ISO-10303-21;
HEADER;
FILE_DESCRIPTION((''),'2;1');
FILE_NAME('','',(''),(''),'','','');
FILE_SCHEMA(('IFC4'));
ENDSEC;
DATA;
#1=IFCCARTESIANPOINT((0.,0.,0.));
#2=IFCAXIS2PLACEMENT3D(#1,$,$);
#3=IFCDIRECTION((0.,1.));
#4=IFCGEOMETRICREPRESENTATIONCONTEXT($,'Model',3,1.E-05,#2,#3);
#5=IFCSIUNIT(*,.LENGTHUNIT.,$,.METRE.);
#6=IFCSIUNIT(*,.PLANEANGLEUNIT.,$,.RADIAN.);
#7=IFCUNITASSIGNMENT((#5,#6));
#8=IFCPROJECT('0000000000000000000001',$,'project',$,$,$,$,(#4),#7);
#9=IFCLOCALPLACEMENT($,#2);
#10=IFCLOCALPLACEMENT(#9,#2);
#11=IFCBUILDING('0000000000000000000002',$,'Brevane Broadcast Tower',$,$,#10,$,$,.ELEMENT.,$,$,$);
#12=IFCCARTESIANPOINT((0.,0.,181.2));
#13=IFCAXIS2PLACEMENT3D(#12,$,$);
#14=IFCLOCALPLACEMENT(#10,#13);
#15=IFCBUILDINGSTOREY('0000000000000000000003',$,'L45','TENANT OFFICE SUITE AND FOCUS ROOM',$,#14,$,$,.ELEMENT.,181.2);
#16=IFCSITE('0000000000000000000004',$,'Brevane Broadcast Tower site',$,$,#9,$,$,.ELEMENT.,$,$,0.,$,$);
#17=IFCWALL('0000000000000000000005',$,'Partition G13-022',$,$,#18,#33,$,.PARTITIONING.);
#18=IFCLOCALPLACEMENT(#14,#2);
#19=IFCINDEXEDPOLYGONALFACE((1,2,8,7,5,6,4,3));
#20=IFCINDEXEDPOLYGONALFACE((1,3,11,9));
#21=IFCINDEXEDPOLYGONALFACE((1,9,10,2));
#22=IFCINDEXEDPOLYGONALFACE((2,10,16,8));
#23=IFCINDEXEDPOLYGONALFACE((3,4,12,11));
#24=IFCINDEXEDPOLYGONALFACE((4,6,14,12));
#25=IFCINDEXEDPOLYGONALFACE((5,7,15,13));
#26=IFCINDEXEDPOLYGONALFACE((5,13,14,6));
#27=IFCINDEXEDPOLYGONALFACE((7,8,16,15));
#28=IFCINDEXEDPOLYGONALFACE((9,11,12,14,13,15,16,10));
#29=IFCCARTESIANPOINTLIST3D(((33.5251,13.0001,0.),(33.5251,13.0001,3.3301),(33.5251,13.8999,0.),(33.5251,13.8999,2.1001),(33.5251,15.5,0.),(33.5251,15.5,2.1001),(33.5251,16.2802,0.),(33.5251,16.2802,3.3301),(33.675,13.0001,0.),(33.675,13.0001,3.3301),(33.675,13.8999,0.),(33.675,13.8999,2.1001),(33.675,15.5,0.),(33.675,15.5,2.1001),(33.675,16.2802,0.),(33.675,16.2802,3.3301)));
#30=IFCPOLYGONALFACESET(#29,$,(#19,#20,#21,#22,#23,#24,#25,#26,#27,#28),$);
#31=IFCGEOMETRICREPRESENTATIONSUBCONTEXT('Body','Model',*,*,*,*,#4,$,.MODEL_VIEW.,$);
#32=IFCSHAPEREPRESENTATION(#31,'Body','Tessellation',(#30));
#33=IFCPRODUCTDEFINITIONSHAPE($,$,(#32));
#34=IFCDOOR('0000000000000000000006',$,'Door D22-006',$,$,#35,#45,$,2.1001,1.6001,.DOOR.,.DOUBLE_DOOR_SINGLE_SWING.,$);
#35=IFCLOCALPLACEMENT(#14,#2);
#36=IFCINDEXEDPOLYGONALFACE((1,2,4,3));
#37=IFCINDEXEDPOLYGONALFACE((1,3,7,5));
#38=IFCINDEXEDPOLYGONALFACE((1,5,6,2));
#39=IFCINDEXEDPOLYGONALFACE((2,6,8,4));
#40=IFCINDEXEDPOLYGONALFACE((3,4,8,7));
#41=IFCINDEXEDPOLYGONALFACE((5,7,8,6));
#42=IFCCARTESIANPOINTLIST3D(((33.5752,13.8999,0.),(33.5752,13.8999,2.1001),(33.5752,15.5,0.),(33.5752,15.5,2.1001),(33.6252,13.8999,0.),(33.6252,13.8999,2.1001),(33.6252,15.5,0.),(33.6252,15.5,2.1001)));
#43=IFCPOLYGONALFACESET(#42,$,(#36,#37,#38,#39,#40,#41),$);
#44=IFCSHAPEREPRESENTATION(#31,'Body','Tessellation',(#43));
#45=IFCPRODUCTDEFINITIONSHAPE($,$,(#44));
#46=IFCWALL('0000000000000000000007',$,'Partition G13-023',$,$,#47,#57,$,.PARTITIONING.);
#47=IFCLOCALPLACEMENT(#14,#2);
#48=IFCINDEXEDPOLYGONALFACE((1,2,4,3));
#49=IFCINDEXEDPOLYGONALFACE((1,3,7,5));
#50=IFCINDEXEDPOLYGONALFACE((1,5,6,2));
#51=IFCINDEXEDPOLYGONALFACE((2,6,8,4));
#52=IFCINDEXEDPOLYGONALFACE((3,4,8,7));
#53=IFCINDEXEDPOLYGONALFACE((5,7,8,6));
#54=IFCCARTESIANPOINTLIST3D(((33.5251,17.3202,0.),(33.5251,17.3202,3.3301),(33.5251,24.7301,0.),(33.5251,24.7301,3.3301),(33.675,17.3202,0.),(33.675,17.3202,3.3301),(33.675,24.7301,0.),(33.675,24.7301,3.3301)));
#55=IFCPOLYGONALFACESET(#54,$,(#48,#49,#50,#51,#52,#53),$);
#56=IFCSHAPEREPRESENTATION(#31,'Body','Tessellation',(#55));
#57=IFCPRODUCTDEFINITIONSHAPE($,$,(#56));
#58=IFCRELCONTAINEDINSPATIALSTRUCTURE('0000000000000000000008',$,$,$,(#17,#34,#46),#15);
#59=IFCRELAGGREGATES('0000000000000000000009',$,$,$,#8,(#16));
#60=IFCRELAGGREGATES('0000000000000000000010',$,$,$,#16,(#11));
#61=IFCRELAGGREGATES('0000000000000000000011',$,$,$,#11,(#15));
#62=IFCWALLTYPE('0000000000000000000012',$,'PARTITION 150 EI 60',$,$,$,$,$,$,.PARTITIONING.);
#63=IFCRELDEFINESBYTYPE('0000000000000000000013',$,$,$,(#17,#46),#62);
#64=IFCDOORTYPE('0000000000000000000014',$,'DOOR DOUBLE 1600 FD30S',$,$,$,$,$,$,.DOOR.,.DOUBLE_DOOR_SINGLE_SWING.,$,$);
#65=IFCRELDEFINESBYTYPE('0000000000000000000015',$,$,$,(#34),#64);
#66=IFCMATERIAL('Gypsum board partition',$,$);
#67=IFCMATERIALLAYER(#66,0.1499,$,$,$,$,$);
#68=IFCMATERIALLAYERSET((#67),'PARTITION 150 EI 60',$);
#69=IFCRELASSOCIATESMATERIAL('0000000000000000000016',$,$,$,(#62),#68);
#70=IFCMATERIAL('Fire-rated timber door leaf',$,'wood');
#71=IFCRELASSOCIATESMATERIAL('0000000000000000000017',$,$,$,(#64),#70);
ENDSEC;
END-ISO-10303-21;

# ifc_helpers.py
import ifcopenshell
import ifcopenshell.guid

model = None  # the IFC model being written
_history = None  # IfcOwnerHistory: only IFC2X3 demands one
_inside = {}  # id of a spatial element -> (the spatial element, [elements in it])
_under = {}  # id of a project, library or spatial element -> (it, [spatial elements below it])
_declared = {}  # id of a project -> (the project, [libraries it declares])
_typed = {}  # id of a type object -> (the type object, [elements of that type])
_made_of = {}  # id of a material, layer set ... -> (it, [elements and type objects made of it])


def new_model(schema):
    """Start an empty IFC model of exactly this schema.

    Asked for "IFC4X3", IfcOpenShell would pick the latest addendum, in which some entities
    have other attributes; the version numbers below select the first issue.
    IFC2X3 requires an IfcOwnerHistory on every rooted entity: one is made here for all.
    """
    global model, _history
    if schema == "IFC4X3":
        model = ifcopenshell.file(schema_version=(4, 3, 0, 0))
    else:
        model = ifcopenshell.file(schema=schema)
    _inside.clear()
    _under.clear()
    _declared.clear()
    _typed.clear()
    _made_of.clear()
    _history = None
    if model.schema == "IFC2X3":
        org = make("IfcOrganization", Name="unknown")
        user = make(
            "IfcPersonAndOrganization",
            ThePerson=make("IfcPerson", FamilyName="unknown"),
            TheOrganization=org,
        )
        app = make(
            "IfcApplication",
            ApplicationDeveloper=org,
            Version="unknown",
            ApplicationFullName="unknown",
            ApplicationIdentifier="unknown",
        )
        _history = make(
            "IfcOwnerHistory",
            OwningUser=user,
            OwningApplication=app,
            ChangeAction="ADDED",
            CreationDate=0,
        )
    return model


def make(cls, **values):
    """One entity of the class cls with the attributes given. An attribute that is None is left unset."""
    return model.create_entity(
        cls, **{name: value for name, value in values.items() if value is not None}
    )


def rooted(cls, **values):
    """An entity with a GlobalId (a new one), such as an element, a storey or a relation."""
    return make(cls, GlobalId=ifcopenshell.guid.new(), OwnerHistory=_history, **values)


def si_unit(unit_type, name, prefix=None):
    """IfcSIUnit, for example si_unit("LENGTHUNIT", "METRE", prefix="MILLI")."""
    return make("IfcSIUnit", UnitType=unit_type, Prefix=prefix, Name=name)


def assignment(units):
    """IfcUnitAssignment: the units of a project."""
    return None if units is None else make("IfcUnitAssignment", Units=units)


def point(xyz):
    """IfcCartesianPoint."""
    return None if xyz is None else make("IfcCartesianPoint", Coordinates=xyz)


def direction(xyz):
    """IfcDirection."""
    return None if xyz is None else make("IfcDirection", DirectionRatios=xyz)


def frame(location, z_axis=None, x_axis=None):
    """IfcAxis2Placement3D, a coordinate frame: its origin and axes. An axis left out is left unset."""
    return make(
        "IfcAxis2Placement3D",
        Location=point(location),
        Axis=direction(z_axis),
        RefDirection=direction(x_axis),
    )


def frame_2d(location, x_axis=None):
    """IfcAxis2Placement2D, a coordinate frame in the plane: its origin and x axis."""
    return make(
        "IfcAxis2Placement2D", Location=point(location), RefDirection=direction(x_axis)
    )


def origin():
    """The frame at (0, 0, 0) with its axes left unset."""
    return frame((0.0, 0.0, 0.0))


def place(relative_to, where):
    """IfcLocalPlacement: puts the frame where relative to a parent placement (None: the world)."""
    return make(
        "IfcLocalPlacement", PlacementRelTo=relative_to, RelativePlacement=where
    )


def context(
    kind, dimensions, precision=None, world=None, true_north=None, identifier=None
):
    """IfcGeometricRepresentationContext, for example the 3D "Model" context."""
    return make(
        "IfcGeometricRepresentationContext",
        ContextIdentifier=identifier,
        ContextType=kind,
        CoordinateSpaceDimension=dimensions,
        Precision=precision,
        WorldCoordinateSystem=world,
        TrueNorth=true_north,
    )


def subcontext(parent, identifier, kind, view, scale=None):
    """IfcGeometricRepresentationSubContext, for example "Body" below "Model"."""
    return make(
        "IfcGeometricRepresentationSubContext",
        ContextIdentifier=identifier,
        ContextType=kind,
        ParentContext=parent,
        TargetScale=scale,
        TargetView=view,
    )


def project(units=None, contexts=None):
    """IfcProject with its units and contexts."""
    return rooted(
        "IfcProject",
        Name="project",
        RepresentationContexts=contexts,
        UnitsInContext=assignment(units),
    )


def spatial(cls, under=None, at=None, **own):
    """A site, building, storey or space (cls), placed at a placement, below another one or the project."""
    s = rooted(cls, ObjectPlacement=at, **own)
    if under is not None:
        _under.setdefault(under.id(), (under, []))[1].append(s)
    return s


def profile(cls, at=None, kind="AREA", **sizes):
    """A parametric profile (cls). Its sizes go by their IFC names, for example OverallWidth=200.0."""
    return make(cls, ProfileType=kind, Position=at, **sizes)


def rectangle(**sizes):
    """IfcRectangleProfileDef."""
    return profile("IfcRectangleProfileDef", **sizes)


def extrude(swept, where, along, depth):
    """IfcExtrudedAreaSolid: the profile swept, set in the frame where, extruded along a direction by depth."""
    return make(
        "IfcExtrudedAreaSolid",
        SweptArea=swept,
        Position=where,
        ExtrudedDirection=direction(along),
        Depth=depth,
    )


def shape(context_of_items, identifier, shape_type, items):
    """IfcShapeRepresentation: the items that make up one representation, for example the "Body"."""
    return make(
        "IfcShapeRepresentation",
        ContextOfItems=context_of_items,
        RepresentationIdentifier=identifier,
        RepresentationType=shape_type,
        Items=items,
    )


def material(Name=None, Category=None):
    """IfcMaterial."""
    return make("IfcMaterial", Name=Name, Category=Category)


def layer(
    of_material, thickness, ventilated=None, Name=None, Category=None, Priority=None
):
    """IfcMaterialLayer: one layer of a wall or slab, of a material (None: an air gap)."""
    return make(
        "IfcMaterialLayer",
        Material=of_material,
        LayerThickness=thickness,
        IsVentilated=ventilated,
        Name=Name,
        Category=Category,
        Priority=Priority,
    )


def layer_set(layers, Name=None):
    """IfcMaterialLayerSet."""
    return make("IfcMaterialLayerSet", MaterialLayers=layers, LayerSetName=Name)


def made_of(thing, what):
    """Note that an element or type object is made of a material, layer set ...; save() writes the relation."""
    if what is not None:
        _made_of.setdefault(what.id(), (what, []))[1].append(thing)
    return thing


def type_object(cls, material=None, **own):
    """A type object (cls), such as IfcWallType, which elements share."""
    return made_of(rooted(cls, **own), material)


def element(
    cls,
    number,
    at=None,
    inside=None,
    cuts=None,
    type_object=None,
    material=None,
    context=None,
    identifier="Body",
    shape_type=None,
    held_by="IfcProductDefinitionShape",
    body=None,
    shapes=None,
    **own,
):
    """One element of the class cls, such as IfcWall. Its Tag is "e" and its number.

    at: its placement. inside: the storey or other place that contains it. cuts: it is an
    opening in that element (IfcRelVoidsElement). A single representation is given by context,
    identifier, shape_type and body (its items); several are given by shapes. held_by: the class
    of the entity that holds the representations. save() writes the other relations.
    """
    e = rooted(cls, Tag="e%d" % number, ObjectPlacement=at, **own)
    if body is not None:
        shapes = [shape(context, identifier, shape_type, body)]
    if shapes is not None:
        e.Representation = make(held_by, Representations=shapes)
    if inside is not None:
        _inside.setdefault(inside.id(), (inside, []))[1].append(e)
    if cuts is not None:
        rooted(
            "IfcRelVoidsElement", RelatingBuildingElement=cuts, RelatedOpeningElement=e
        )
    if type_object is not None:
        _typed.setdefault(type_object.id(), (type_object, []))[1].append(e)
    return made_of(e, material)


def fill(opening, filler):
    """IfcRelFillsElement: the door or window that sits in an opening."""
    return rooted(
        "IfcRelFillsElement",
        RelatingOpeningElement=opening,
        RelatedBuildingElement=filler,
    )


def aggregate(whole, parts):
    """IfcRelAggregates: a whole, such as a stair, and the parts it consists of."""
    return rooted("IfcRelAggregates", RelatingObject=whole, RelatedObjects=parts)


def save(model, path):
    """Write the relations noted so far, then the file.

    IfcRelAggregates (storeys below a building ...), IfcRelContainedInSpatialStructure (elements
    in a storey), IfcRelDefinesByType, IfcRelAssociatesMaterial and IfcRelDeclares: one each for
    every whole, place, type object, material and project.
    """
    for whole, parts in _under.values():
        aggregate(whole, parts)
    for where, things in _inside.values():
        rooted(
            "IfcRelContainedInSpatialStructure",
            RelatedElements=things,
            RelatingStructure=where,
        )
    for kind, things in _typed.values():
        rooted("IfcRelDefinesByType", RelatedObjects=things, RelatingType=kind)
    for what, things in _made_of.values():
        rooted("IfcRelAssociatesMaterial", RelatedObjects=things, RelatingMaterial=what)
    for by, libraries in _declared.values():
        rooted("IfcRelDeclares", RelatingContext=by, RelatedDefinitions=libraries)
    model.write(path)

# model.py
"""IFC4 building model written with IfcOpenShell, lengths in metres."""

from ifc_helpers import new_model, si_unit, direction, frame, frame_2d, origin, place, context, subcontext, project, spatial, rectangle, extrude, material, layer, layer_set, type_object, element, fill, save


model = new_model("IFC4")

# Units and contexts
model_context = context("Model", 3, precision=1e-05, world=origin(), true_north=direction((0.0, 1.0)))
body_context = subcontext(model_context, "Body", "Model", "MODEL_VIEW")
ifc_project = project(units=[si_unit("LENGTHUNIT", "METRE"), si_unit("PLANEANGLEUNIT", "RADIAN")], contexts=[model_context])

# Site, building, storey
site_placement = place(None, origin())
site = spatial("IfcSite", under=ifc_project, at=site_placement, Name="Brevane Broadcast Tower site", CompositionType="ELEMENT", RefElevation=0.0)
building_placement = place(site_placement, origin())
building = spatial("IfcBuilding", under=site, at=building_placement, Name="Brevane Broadcast Tower", CompositionType="ELEMENT")
storey_placement = place(building_placement, frame((0.0, 0.0, 181.2)))
storey = spatial("IfcBuildingStorey", under=building, at=storey_placement, Name="L45", Description="TENANT OFFICE SUITE AND FOCUS ROOM", CompositionType="ELEMENT", Elevation=181.2)

# Shared definitions
ifc_material_1 = material(Name="Gypsum board partition")
ifc_layer_1 = layer(ifc_material_1, 0.1499)
ifc_layer_set_1 = layer_set([ifc_layer_1], Name="PARTITION 150 EI 60")
wall_type_1 = type_object("IfcWallType", Name="PARTITION 150 EI 60", PredefinedType="PARTITIONING", material=ifc_layer_set_1)

# Shared definitions
ifc_material_2 = material(Name="Fire-rated timber door leaf", Category="wood")
door_type = type_object("IfcDoorType", Name="DOOR DOUBLE 1600 FD30S", OperationType="DOUBLE_DOOR_SINGLE_SWING", PredefinedType="DOOR", material=ifc_material_2)

# Wall, opening, door
wall_1_placement = place(storey_placement, frame((33.6001, 13.0, 0.0), z_axis=(0.0, 0.0, 1.0), x_axis=(0.0, 1.0, 0.0)))
wall_1 = element("IfcWall", 1, at=wall_1_placement, inside=storey, type_object=wall_type_1, Name="Partition G13-022", PredefinedType="PARTITIONING", context=body_context, shape_type="SweptSolid", body=[
    extrude(rectangle(XDim=3.28, YDim=0.1499, at=frame_2d((1.6401, 0.0))), origin(), (0.0, 0.0, 1.0), 3.3301),
])
opening_1_placement = place(wall_1_placement, frame((0.8999, 0.0, 0.0)))
opening_1 = element("IfcOpeningElement", 2, at=opening_1_placement, cuts=wall_1, PredefinedType="OPENING", context=body_context, shape_type="SweptSolid", body=[
    extrude(rectangle(XDim=1.6001, YDim=2.1001, at=frame_2d((0.8, 1.05))), frame((0.0, 0.085, 0.0), z_axis=(0.0, -1.0, 0.0), x_axis=(1.0, 0.0, 0.0)), (0.0, 0.0, 1.0), 0.1699),
])
door_1_placement = place(opening_1_placement, origin())
door_1 = element("IfcDoor", 3, at=door_1_placement, inside=storey, type_object=door_type, Name="Door D22-006", OperationType="DOUBLE_DOOR_SINGLE_SWING", OverallHeight=2.1001, OverallWidth=1.6001, PredefinedType="DOOR", context=body_context, shape_type="SweptSolid", body=[
    extrude(rectangle(XDim=1.6001, YDim=2.1001, at=frame_2d((0.8, 1.05))), frame((0.0, 0.0249, 0.0), z_axis=(0.0, -1.0, 0.0), x_axis=(1.0, 0.0, 0.0)), (0.0, 0.0, 1.0), 0.05),
])
fill(opening_1, door_1)

# Wall
wall_2_placement = place(storey_placement, frame((33.6001, 17.3201, 0.0), z_axis=(0.0, 0.0, 1.0), x_axis=(0.0, 1.0, 0.0)))
element("IfcWall", 4, at=wall_2_placement, inside=storey, type_object=wall_type_1, Name="Partition G13-023", PredefinedType="PARTITIONING", context=body_context, shape_type="SweptSolid", body=[
    extrude(rectangle(XDim=7.4099, YDim=0.1499, at=frame_2d((3.7051, 0.0))), origin(), (0.0, 0.0, 1.0), 3.3301),
])

save(model, "model.ifc")
